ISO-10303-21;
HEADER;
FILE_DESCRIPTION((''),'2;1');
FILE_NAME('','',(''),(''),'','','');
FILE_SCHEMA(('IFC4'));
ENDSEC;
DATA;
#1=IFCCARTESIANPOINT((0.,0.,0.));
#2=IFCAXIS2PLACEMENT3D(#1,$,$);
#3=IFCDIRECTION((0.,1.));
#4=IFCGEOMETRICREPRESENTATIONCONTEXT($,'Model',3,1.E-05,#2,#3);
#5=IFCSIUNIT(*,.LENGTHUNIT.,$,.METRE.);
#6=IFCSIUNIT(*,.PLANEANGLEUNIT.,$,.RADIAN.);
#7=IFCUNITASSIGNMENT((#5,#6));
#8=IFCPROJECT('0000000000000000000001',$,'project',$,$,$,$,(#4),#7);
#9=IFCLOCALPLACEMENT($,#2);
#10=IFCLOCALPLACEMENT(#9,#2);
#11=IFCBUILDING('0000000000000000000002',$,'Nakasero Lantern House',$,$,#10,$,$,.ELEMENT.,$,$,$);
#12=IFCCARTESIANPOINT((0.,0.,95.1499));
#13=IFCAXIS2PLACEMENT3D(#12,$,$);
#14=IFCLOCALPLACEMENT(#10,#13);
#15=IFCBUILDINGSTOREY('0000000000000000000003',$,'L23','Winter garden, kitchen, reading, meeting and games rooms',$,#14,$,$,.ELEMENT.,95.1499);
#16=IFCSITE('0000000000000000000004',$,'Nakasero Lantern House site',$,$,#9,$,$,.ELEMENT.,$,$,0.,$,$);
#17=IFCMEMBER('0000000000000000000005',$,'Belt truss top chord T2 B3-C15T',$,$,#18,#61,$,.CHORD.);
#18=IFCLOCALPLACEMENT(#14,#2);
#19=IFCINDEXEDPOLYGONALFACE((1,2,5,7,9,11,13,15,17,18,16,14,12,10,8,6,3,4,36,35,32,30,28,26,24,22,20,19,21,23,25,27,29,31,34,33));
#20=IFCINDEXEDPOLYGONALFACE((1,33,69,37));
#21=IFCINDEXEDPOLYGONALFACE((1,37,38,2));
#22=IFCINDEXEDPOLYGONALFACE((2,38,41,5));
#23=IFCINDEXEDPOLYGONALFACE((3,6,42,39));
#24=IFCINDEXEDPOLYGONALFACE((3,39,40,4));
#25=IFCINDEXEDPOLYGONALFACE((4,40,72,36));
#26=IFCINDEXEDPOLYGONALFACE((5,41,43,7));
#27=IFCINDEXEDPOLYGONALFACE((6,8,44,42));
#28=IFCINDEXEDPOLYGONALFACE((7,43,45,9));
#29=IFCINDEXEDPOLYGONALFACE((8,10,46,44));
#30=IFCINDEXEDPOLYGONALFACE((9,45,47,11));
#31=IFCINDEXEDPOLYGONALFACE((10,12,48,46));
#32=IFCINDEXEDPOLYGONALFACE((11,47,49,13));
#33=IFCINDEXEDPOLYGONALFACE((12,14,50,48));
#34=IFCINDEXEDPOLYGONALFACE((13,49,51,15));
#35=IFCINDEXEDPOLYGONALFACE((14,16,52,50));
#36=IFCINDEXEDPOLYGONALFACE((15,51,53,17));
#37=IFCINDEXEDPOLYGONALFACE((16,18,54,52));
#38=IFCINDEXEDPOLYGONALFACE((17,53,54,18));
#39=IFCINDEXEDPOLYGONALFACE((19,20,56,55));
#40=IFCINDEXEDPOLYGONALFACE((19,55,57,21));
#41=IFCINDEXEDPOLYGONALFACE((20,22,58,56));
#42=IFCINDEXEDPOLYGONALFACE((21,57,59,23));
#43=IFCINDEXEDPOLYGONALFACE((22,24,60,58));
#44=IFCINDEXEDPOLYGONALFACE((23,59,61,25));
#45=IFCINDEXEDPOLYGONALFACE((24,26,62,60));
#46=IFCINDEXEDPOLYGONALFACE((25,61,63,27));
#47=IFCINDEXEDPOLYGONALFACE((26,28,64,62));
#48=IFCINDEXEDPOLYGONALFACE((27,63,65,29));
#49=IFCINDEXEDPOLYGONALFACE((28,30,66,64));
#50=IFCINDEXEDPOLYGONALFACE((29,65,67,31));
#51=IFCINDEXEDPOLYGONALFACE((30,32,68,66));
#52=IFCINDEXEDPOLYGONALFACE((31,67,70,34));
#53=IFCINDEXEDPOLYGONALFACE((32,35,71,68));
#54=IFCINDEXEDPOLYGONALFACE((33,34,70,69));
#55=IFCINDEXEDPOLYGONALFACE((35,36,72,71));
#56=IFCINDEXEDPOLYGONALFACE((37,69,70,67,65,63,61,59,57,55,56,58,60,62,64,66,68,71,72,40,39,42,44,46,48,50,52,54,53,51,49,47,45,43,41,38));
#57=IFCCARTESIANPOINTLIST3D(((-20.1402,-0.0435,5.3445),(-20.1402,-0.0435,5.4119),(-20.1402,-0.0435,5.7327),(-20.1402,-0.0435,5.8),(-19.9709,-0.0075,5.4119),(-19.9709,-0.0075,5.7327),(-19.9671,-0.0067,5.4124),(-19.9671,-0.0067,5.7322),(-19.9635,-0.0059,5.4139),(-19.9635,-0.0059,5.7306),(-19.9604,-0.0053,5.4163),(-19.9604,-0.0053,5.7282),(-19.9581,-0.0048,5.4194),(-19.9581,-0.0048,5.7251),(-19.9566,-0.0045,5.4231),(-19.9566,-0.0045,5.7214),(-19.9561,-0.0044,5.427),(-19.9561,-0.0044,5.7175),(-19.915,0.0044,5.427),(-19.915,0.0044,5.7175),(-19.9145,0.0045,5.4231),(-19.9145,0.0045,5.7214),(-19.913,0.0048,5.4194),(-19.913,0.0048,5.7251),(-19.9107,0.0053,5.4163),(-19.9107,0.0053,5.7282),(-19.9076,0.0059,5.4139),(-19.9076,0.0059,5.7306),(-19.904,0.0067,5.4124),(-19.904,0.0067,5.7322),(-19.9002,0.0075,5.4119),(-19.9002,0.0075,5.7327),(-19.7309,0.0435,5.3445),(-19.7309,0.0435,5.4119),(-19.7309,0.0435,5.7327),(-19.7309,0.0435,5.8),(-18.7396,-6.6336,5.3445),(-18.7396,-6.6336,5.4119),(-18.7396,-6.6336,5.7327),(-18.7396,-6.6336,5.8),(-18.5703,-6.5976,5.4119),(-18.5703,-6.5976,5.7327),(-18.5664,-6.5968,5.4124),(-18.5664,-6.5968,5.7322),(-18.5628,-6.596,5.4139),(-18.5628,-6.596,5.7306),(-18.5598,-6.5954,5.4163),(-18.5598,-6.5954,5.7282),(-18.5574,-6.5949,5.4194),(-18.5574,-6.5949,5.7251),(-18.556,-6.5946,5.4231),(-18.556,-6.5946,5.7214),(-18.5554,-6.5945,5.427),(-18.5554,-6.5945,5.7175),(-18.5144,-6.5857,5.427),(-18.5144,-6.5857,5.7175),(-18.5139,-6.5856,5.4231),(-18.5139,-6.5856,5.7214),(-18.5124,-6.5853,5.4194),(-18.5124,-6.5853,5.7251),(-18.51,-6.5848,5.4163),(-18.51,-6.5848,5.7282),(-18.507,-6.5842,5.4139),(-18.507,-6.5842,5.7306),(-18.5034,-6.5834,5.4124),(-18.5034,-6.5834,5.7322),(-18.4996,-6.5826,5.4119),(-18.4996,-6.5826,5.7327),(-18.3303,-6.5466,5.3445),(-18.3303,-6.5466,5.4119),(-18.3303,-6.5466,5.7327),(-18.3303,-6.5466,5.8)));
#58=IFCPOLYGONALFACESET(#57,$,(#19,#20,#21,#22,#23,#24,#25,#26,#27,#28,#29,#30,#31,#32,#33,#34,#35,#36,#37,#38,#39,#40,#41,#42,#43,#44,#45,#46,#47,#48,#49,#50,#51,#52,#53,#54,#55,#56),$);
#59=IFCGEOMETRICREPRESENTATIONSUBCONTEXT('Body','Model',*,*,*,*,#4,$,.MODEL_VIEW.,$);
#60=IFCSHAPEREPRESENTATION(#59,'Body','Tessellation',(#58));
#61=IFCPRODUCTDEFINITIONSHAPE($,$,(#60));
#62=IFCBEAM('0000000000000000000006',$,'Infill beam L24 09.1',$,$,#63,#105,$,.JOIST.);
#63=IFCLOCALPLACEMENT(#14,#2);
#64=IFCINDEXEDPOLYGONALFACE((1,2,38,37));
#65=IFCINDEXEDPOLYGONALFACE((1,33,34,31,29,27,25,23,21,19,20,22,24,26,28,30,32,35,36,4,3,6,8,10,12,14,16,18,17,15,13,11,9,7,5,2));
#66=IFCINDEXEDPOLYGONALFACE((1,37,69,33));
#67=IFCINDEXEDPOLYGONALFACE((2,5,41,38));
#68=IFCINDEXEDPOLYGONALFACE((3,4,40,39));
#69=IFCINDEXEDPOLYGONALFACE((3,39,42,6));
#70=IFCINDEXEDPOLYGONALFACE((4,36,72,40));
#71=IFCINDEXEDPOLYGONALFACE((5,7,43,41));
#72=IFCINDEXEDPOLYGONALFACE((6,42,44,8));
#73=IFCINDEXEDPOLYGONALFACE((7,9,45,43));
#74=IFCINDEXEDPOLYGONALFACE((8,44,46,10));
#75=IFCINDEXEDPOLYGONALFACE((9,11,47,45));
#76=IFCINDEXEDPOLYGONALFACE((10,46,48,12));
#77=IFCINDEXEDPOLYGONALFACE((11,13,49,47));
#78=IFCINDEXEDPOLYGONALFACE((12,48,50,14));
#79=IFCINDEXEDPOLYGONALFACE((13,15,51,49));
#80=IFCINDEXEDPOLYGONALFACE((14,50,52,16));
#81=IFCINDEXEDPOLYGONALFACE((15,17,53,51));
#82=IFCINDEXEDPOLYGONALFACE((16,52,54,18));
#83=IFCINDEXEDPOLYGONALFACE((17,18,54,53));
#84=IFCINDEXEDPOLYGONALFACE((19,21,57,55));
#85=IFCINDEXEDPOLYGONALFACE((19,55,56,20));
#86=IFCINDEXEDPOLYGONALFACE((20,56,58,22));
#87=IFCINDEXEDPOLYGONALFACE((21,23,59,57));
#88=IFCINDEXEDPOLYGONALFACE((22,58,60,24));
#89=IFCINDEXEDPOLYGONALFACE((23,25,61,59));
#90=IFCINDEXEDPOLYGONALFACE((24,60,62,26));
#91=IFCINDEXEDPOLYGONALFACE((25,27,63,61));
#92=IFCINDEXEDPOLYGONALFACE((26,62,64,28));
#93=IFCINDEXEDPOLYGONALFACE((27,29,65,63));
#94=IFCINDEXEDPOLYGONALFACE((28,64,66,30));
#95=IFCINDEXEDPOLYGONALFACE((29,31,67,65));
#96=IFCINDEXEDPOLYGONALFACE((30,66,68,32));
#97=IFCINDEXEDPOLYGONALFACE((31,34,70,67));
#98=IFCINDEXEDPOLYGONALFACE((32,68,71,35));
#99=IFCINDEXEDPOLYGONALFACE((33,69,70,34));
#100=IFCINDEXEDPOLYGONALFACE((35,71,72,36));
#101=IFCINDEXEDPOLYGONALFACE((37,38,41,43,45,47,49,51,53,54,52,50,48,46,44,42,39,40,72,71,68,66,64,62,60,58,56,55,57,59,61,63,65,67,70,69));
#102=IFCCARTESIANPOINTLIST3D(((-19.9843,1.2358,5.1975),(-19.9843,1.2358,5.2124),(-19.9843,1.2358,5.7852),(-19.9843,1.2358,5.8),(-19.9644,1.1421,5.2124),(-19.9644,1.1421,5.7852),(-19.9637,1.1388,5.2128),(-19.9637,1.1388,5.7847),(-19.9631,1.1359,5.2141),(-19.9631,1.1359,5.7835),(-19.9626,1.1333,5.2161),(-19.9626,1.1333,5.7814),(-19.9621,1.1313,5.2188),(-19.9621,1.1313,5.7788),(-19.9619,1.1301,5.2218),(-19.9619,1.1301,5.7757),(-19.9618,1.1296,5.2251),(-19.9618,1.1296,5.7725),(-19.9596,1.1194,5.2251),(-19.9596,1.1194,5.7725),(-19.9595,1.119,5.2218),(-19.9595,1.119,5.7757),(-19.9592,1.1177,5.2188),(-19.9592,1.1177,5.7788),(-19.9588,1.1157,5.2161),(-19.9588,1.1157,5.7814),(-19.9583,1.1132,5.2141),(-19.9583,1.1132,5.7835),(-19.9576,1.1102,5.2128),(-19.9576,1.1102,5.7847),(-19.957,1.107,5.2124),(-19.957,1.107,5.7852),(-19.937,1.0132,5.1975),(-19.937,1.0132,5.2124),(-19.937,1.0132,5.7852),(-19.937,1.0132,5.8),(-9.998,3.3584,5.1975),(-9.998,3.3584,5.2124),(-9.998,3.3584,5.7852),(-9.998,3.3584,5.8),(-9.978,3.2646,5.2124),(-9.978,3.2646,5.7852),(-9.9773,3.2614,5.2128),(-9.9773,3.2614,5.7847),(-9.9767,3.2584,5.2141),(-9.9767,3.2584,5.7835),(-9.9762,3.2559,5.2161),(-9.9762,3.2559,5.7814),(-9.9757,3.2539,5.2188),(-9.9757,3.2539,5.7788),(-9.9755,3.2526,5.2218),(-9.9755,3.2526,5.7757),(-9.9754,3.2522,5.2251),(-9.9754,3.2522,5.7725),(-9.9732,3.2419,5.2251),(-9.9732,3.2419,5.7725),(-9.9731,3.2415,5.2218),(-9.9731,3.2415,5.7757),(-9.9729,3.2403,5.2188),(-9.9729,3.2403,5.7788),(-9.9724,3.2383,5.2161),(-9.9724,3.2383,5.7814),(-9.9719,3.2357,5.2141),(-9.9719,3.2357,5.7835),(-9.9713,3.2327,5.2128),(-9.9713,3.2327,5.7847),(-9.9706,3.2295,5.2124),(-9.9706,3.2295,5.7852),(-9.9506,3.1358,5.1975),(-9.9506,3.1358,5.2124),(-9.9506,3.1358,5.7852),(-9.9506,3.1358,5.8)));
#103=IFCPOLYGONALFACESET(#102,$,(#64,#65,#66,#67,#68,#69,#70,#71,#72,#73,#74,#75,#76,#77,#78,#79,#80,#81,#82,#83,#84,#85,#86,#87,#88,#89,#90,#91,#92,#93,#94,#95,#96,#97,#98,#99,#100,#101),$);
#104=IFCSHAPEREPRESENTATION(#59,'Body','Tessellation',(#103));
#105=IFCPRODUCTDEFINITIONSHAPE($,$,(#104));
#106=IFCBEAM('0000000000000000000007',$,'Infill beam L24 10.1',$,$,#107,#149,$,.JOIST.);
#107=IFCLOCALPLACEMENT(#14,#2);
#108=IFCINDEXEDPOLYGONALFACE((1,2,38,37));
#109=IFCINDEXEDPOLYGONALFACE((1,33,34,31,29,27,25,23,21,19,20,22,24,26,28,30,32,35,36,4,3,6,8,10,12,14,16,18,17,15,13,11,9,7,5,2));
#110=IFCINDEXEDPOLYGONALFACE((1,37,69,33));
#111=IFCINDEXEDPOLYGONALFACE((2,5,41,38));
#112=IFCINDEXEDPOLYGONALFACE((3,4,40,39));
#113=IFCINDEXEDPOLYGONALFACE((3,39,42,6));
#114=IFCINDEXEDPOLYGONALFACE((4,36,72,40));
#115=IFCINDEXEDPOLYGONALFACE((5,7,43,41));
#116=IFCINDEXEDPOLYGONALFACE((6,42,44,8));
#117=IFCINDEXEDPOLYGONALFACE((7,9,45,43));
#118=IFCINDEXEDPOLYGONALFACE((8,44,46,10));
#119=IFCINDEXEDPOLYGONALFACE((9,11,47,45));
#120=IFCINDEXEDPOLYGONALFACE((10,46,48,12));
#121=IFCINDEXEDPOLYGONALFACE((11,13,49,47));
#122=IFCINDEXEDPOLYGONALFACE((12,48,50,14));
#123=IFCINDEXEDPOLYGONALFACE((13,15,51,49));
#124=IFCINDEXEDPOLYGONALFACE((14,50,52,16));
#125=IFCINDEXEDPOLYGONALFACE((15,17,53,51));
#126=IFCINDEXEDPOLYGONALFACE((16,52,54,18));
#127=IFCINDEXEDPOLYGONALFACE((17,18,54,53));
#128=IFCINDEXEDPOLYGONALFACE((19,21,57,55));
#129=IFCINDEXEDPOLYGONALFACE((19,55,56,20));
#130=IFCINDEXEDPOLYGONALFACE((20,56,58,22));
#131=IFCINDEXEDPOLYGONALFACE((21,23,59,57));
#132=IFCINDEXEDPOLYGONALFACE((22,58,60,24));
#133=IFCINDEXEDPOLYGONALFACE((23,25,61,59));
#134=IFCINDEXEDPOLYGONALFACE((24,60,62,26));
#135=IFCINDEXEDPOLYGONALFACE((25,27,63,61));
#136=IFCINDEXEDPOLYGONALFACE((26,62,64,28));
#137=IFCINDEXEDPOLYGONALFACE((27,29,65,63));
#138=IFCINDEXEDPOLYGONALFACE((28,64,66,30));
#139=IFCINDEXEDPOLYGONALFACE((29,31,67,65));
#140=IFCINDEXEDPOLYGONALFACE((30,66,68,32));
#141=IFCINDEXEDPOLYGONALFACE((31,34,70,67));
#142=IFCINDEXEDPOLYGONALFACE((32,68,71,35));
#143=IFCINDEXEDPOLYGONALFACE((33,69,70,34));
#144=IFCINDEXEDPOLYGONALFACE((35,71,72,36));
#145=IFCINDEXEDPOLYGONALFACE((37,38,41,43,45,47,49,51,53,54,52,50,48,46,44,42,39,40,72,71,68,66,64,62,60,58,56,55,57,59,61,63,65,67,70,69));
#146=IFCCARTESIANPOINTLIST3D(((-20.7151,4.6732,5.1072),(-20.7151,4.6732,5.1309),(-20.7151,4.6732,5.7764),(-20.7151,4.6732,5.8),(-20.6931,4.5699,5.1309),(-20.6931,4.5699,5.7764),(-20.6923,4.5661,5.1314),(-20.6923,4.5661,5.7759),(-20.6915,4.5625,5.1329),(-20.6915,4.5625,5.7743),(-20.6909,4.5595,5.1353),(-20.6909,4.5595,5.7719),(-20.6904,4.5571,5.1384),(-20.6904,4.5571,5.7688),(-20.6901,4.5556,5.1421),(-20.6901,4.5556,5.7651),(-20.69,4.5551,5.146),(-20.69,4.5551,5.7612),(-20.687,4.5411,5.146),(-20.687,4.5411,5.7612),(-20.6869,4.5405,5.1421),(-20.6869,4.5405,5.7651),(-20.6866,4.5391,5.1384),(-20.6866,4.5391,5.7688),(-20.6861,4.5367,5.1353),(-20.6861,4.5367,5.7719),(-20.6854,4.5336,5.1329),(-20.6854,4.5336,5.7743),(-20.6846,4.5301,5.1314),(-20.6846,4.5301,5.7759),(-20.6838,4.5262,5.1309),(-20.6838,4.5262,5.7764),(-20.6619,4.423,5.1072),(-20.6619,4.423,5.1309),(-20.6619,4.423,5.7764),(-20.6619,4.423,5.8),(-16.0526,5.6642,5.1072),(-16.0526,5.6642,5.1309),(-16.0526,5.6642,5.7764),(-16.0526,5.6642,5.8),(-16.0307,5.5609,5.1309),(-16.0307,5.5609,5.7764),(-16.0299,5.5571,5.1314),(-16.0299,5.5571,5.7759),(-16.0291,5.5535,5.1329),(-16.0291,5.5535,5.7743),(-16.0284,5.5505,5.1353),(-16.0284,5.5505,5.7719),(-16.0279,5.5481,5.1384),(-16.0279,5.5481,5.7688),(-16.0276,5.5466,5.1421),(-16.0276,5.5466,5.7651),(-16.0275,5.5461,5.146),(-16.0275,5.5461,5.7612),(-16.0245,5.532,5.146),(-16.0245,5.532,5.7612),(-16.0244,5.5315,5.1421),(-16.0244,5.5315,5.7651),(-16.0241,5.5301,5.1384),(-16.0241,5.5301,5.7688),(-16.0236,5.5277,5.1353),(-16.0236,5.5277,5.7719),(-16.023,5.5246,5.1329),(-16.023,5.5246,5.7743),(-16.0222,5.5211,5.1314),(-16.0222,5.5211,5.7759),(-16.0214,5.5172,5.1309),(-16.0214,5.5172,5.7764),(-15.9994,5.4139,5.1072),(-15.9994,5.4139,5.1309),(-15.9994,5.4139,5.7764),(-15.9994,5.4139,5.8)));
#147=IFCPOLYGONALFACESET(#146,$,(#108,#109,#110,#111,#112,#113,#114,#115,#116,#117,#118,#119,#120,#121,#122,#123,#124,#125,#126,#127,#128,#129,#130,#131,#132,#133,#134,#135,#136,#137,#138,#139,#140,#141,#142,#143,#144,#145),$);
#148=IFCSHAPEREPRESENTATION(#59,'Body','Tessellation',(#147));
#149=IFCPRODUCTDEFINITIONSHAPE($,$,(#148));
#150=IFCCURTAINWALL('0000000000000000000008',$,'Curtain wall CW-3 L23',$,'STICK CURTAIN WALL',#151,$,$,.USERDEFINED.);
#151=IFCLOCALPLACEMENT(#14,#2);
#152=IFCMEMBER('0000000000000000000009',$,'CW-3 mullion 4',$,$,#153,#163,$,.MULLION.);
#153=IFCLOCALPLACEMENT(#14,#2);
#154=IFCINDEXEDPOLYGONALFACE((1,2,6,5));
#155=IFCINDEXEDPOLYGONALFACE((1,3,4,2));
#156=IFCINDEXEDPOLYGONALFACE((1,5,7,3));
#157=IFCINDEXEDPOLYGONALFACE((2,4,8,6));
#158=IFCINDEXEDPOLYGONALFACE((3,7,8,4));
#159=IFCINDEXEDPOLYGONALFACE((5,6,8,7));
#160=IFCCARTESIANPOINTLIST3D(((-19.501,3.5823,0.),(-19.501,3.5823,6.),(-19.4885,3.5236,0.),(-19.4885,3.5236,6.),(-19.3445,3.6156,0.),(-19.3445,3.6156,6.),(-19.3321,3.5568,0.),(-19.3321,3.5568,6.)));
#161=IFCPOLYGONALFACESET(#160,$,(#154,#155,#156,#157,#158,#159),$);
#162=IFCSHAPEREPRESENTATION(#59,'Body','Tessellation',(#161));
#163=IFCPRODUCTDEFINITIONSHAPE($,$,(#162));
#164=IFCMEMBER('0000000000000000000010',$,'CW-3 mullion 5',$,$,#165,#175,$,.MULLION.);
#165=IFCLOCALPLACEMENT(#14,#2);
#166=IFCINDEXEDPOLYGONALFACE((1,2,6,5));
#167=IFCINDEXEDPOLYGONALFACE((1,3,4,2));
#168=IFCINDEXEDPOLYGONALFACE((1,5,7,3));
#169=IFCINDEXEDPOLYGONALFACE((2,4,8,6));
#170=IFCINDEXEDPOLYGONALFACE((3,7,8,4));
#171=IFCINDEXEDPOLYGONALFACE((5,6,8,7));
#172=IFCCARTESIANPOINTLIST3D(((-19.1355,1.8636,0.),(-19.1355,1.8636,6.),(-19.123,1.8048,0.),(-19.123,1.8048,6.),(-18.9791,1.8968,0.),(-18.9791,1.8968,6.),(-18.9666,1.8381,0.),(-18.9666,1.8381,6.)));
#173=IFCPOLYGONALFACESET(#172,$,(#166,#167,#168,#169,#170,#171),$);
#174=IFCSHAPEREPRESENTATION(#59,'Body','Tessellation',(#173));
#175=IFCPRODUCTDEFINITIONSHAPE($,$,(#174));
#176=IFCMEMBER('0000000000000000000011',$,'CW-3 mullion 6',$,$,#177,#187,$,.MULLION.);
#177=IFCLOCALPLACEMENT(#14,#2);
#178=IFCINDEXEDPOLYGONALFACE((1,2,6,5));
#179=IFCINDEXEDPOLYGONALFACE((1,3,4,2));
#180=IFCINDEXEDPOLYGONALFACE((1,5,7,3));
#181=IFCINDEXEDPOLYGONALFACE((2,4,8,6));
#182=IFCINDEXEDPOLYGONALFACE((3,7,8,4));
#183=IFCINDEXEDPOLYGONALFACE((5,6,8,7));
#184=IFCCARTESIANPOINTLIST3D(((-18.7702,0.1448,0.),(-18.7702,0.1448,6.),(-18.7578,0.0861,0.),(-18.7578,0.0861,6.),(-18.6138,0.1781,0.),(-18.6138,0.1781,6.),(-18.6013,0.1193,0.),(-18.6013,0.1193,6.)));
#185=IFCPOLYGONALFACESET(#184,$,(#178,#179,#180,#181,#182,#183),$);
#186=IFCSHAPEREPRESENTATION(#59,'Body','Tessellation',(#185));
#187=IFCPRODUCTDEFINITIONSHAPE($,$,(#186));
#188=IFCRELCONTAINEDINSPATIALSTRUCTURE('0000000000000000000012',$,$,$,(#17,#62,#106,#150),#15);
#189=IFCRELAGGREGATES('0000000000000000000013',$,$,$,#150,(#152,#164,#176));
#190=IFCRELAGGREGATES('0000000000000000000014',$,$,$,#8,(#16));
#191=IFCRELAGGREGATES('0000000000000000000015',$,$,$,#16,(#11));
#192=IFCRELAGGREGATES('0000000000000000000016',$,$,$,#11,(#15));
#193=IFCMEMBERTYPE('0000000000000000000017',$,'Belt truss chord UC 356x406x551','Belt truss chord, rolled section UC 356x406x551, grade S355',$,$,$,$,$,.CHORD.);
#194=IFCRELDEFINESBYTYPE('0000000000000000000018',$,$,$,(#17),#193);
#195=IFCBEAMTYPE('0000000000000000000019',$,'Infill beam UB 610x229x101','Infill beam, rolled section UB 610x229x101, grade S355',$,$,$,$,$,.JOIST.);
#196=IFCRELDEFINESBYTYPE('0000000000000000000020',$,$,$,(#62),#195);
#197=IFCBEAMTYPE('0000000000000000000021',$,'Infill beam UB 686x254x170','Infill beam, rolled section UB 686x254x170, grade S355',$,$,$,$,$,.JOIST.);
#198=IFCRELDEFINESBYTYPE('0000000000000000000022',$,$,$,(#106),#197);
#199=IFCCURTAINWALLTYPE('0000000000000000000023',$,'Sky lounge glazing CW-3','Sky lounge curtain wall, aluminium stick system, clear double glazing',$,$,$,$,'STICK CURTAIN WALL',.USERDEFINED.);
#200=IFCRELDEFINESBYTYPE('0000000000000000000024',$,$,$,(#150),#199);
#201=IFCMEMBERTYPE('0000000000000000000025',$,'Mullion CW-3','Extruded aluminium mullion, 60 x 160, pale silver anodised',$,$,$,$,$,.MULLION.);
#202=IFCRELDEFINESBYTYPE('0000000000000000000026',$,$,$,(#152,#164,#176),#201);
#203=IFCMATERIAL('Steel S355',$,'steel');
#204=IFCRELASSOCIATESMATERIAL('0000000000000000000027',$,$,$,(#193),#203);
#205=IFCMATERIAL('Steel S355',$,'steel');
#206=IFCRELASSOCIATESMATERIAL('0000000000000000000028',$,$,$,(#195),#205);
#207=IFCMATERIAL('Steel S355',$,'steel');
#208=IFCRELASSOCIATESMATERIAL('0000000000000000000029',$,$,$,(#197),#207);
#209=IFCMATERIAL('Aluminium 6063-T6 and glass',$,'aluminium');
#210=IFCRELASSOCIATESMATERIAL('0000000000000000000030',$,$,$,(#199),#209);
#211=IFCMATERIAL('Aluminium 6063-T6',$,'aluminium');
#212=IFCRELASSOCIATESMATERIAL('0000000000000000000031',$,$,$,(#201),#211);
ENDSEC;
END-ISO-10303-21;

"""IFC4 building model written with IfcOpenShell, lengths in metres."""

from ifc_helpers import new_model, si_unit, direction, frame, origin, origin_2d, place, context, subcontext, project, spatial, rectangle, i_section, extrude, material, material_profile, profile_set, type_object, element, aggregate, save


model = new_model("IFC4")

# Units and contexts
model_context = context("Model", 3, precision=1e-05, world=origin(), true_north=direction((0.0, 1.0)))
body_context = subcontext(model_context, "Body", "Model", "MODEL_VIEW")
ifc_project = project(units=[si_unit("LENGTHUNIT", "METRE"), si_unit("PLANEANGLEUNIT", "RADIAN")], contexts=[model_context])

# Site, building, storey
site_placement = place(None, origin())
site = spatial("IfcSite", under=ifc_project, at=site_placement, Name="Nakasero Lantern House site", CompositionType="ELEMENT", RefElevation=0.0)
building_placement = place(site_placement, origin())
building = spatial("IfcBuilding", under=site, at=building_placement, Name="Nakasero Lantern House", CompositionType="ELEMENT")
storey_placement = place(building_placement, frame((0.0, 0.0, 95.1499)))
storey = spatial("IfcBuildingStorey", under=building, at=storey_placement, Name="L23", Description="Winter garden, kitchen, reading, meeting and games rooms", CompositionType="ELEMENT", Elevation=95.1499)

# Member
ifc_material_1 = material(Name="Steel S355", Category="steel")
ifc_material_profile_1 = material_profile(ifc_material_1, i_section(OverallWidth=0.4185, OverallDepth=0.4556, WebThickness=0.042, FlangeThickness=0.0674, FilletRadius=0.0151, at=origin_2d()), Name="UC 356x406x551")
ifc_profile_set_1 = profile_set([ifc_material_profile_1], Name="Steel S355")
member_type_1 = type_object("IfcMemberType", Name="Belt truss chord UC 356x406x551", Description="Belt truss chord, rolled section UC 356x406x551, grade S355", PredefinedType="CHORD", material=ifc_profile_set_1)
member_1_placement = place(storey_placement, frame((-19.9355, 0.0, 5.5723), z_axis=(0.207893, -0.978152, 0.0), x_axis=(0.978152, 0.207893, 0.0)))
element("IfcMember", 1, at=member_1_placement, inside=storey, type_object=member_type_1, Name="Belt truss top chord T2 B3-C15T", PredefinedType="CHORD", context=body_context, shape_type="SweptSolid", body=[
    extrude(i_section(OverallWidth=0.4185, OverallDepth=0.4556, WebThickness=0.042, FlangeThickness=0.0674, FilletRadius=0.0151, at=origin_2d()), origin(), (0.0, 0.0, 1.0), 6.7373),
])

# Beams
ifc_material_2 = material(Name="Steel S355", Category="steel")
ifc_material_profile_2 = material_profile(ifc_material_2, i_section(OverallWidth=0.2275, OverallDepth=0.6025, WebThickness=0.0105, FlangeThickness=0.0149, FilletRadius=0.0127, at=origin_2d()), Name="UB 610x229x101")
ifc_profile_set_2 = profile_set([ifc_material_profile_2], Name="Steel S355")
beam_type_1 = type_object("IfcBeamType", Name="Infill beam UB 610x229x101", Description="Infill beam, rolled section UB 610x229x101, grade S355", PredefinedType="JOIST", material=ifc_profile_set_2)
beam_1_placement = place(storey_placement, frame((-19.9607, 1.1245, 5.4988), z_axis=(0.97815, 0.207902, 0.0), x_axis=(-0.207902, 0.97815, 0.0)))
element("IfcBeam", 2, at=beam_1_placement, inside=storey, type_object=beam_type_1, Name="Infill beam L24 09.1", PredefinedType="JOIST", context=body_context, shape_type="SweptSolid", body=[
    extrude(i_section(OverallWidth=0.2275, OverallDepth=0.6025, WebThickness=0.0105, FlangeThickness=0.0149, FilletRadius=0.0127, at=origin_2d()), origin(), (0.0, 0.0, 1.0), 10.2095),
])
ifc_material_3 = material(Name="Steel S355", Category="steel")
ifc_material_profile_3 = material_profile(ifc_material_3, i_section(OverallWidth=0.2559, OverallDepth=0.6929, WebThickness=0.0144, FlangeThickness=0.0237, FilletRadius=0.0151, at=origin_2d()), Name="UB 686x254x170")
ifc_profile_set_3 = profile_set([ifc_material_profile_3], Name="Steel S355")
beam_type_2 = type_object("IfcBeamType", Name="Infill beam UB 686x254x170", Description="Infill beam, rolled section UB 686x254x170, grade S355", PredefinedType="JOIST", material=ifc_profile_set_3)
beam_2_placement = place(storey_placement, frame((-20.6885, 4.5481, 5.4536), z_axis=(0.97815, 0.207902, 0.0), x_axis=(-0.207902, 0.97815, 0.0)))
element("IfcBeam", 3, at=beam_2_placement, inside=storey, type_object=beam_type_2, Name="Infill beam L24 10.1", PredefinedType="JOIST", context=body_context, shape_type="SweptSolid", body=[
    extrude(i_section(OverallWidth=0.2559, OverallDepth=0.6929, WebThickness=0.0144, FlangeThickness=0.0237, FilletRadius=0.0151, at=origin_2d()), origin(), (0.0, 0.0, 1.0), 4.7666),
])

# Curtain wall, members
ifc_material_4 = material(Name="Aluminium 6063-T6 and glass", Category="aluminium")
curtain_wall_type = type_object("IfcCurtainWallType", Name="Sky lounge glazing CW-3", Description="Sky lounge curtain wall, aluminium stick system, clear double glazing", ElementType="STICK CURTAIN WALL", PredefinedType="USERDEFINED", material=ifc_material_4)
curtain_wall_placement = place(storey_placement, origin())
curtain_wall = element("IfcCurtainWall", 4, at=curtain_wall_placement, inside=storey, type_object=curtain_wall_type, Name="Curtain wall CW-3 L23", ObjectType="STICK CURTAIN WALL", PredefinedType="USERDEFINED")
ifc_material_5 = material(Name="Aluminium 6063-T6", Category="aluminium")
ifc_material_profile_4 = material_profile(ifc_material_5, rectangle(XDim=0.0601, YDim=0.1599, at=origin_2d()), Name="CW-3 mullion 60x160")
ifc_profile_set_4 = profile_set([ifc_material_profile_4], Name="Aluminium 6063-T6")
member_type_2 = type_object("IfcMemberType", Name="Mullion CW-3", Description="Extruded aluminium mullion, 60 x 160, pale silver anodised", PredefinedType="MULLION", material=ifc_profile_set_4)
member_2_placement = place(storey_placement, frame((-19.4165, 3.5696, 0.0), z_axis=(0.0, 0.0, 1.0), x_axis=(0.207912, -0.978148, 0.0)))
member_2 = element("IfcMember", 5, at=member_2_placement, type_object=member_type_2, Name="CW-3 mullion 4", PredefinedType="MULLION", context=body_context, shape_type="SweptSolid", body=[
    extrude(rectangle(XDim=0.0601, YDim=0.1599, at=origin_2d()), origin(), (0.0, 0.0, 1.0), 6.0),
])
member_3_placement = place(storey_placement, frame((-19.051, 1.8508, 0.0), z_axis=(0.0, 0.0, 1.0), x_axis=(0.207912, -0.978148, 0.0)))
member_3 = element("IfcMember", 6, at=member_3_placement, type_object=member_type_2, Name="CW-3 mullion 5", PredefinedType="MULLION", context=body_context, shape_type="SweptSolid", body=[
    extrude(rectangle(XDim=0.0601, YDim=0.1599, at=origin_2d()), origin(), (0.0, 0.0, 1.0), 6.0),
])
member_4_placement = place(storey_placement, frame((-18.6858, 0.1321, 0.0), z_axis=(0.0, 0.0, 1.0), x_axis=(0.207912, -0.978148, 0.0)))
member_4 = element("IfcMember", 7, at=member_4_placement, type_object=member_type_2, Name="CW-3 mullion 6", PredefinedType="MULLION", context=body_context, shape_type="SweptSolid", body=[
    extrude(rectangle(XDim=0.0601, YDim=0.1599, at=origin_2d()), origin(), (0.0, 0.0, 1.0), 6.0),
])

aggregate(curtain_wall, [member_2, member_3, member_4])

save(model, "model.ifc")
